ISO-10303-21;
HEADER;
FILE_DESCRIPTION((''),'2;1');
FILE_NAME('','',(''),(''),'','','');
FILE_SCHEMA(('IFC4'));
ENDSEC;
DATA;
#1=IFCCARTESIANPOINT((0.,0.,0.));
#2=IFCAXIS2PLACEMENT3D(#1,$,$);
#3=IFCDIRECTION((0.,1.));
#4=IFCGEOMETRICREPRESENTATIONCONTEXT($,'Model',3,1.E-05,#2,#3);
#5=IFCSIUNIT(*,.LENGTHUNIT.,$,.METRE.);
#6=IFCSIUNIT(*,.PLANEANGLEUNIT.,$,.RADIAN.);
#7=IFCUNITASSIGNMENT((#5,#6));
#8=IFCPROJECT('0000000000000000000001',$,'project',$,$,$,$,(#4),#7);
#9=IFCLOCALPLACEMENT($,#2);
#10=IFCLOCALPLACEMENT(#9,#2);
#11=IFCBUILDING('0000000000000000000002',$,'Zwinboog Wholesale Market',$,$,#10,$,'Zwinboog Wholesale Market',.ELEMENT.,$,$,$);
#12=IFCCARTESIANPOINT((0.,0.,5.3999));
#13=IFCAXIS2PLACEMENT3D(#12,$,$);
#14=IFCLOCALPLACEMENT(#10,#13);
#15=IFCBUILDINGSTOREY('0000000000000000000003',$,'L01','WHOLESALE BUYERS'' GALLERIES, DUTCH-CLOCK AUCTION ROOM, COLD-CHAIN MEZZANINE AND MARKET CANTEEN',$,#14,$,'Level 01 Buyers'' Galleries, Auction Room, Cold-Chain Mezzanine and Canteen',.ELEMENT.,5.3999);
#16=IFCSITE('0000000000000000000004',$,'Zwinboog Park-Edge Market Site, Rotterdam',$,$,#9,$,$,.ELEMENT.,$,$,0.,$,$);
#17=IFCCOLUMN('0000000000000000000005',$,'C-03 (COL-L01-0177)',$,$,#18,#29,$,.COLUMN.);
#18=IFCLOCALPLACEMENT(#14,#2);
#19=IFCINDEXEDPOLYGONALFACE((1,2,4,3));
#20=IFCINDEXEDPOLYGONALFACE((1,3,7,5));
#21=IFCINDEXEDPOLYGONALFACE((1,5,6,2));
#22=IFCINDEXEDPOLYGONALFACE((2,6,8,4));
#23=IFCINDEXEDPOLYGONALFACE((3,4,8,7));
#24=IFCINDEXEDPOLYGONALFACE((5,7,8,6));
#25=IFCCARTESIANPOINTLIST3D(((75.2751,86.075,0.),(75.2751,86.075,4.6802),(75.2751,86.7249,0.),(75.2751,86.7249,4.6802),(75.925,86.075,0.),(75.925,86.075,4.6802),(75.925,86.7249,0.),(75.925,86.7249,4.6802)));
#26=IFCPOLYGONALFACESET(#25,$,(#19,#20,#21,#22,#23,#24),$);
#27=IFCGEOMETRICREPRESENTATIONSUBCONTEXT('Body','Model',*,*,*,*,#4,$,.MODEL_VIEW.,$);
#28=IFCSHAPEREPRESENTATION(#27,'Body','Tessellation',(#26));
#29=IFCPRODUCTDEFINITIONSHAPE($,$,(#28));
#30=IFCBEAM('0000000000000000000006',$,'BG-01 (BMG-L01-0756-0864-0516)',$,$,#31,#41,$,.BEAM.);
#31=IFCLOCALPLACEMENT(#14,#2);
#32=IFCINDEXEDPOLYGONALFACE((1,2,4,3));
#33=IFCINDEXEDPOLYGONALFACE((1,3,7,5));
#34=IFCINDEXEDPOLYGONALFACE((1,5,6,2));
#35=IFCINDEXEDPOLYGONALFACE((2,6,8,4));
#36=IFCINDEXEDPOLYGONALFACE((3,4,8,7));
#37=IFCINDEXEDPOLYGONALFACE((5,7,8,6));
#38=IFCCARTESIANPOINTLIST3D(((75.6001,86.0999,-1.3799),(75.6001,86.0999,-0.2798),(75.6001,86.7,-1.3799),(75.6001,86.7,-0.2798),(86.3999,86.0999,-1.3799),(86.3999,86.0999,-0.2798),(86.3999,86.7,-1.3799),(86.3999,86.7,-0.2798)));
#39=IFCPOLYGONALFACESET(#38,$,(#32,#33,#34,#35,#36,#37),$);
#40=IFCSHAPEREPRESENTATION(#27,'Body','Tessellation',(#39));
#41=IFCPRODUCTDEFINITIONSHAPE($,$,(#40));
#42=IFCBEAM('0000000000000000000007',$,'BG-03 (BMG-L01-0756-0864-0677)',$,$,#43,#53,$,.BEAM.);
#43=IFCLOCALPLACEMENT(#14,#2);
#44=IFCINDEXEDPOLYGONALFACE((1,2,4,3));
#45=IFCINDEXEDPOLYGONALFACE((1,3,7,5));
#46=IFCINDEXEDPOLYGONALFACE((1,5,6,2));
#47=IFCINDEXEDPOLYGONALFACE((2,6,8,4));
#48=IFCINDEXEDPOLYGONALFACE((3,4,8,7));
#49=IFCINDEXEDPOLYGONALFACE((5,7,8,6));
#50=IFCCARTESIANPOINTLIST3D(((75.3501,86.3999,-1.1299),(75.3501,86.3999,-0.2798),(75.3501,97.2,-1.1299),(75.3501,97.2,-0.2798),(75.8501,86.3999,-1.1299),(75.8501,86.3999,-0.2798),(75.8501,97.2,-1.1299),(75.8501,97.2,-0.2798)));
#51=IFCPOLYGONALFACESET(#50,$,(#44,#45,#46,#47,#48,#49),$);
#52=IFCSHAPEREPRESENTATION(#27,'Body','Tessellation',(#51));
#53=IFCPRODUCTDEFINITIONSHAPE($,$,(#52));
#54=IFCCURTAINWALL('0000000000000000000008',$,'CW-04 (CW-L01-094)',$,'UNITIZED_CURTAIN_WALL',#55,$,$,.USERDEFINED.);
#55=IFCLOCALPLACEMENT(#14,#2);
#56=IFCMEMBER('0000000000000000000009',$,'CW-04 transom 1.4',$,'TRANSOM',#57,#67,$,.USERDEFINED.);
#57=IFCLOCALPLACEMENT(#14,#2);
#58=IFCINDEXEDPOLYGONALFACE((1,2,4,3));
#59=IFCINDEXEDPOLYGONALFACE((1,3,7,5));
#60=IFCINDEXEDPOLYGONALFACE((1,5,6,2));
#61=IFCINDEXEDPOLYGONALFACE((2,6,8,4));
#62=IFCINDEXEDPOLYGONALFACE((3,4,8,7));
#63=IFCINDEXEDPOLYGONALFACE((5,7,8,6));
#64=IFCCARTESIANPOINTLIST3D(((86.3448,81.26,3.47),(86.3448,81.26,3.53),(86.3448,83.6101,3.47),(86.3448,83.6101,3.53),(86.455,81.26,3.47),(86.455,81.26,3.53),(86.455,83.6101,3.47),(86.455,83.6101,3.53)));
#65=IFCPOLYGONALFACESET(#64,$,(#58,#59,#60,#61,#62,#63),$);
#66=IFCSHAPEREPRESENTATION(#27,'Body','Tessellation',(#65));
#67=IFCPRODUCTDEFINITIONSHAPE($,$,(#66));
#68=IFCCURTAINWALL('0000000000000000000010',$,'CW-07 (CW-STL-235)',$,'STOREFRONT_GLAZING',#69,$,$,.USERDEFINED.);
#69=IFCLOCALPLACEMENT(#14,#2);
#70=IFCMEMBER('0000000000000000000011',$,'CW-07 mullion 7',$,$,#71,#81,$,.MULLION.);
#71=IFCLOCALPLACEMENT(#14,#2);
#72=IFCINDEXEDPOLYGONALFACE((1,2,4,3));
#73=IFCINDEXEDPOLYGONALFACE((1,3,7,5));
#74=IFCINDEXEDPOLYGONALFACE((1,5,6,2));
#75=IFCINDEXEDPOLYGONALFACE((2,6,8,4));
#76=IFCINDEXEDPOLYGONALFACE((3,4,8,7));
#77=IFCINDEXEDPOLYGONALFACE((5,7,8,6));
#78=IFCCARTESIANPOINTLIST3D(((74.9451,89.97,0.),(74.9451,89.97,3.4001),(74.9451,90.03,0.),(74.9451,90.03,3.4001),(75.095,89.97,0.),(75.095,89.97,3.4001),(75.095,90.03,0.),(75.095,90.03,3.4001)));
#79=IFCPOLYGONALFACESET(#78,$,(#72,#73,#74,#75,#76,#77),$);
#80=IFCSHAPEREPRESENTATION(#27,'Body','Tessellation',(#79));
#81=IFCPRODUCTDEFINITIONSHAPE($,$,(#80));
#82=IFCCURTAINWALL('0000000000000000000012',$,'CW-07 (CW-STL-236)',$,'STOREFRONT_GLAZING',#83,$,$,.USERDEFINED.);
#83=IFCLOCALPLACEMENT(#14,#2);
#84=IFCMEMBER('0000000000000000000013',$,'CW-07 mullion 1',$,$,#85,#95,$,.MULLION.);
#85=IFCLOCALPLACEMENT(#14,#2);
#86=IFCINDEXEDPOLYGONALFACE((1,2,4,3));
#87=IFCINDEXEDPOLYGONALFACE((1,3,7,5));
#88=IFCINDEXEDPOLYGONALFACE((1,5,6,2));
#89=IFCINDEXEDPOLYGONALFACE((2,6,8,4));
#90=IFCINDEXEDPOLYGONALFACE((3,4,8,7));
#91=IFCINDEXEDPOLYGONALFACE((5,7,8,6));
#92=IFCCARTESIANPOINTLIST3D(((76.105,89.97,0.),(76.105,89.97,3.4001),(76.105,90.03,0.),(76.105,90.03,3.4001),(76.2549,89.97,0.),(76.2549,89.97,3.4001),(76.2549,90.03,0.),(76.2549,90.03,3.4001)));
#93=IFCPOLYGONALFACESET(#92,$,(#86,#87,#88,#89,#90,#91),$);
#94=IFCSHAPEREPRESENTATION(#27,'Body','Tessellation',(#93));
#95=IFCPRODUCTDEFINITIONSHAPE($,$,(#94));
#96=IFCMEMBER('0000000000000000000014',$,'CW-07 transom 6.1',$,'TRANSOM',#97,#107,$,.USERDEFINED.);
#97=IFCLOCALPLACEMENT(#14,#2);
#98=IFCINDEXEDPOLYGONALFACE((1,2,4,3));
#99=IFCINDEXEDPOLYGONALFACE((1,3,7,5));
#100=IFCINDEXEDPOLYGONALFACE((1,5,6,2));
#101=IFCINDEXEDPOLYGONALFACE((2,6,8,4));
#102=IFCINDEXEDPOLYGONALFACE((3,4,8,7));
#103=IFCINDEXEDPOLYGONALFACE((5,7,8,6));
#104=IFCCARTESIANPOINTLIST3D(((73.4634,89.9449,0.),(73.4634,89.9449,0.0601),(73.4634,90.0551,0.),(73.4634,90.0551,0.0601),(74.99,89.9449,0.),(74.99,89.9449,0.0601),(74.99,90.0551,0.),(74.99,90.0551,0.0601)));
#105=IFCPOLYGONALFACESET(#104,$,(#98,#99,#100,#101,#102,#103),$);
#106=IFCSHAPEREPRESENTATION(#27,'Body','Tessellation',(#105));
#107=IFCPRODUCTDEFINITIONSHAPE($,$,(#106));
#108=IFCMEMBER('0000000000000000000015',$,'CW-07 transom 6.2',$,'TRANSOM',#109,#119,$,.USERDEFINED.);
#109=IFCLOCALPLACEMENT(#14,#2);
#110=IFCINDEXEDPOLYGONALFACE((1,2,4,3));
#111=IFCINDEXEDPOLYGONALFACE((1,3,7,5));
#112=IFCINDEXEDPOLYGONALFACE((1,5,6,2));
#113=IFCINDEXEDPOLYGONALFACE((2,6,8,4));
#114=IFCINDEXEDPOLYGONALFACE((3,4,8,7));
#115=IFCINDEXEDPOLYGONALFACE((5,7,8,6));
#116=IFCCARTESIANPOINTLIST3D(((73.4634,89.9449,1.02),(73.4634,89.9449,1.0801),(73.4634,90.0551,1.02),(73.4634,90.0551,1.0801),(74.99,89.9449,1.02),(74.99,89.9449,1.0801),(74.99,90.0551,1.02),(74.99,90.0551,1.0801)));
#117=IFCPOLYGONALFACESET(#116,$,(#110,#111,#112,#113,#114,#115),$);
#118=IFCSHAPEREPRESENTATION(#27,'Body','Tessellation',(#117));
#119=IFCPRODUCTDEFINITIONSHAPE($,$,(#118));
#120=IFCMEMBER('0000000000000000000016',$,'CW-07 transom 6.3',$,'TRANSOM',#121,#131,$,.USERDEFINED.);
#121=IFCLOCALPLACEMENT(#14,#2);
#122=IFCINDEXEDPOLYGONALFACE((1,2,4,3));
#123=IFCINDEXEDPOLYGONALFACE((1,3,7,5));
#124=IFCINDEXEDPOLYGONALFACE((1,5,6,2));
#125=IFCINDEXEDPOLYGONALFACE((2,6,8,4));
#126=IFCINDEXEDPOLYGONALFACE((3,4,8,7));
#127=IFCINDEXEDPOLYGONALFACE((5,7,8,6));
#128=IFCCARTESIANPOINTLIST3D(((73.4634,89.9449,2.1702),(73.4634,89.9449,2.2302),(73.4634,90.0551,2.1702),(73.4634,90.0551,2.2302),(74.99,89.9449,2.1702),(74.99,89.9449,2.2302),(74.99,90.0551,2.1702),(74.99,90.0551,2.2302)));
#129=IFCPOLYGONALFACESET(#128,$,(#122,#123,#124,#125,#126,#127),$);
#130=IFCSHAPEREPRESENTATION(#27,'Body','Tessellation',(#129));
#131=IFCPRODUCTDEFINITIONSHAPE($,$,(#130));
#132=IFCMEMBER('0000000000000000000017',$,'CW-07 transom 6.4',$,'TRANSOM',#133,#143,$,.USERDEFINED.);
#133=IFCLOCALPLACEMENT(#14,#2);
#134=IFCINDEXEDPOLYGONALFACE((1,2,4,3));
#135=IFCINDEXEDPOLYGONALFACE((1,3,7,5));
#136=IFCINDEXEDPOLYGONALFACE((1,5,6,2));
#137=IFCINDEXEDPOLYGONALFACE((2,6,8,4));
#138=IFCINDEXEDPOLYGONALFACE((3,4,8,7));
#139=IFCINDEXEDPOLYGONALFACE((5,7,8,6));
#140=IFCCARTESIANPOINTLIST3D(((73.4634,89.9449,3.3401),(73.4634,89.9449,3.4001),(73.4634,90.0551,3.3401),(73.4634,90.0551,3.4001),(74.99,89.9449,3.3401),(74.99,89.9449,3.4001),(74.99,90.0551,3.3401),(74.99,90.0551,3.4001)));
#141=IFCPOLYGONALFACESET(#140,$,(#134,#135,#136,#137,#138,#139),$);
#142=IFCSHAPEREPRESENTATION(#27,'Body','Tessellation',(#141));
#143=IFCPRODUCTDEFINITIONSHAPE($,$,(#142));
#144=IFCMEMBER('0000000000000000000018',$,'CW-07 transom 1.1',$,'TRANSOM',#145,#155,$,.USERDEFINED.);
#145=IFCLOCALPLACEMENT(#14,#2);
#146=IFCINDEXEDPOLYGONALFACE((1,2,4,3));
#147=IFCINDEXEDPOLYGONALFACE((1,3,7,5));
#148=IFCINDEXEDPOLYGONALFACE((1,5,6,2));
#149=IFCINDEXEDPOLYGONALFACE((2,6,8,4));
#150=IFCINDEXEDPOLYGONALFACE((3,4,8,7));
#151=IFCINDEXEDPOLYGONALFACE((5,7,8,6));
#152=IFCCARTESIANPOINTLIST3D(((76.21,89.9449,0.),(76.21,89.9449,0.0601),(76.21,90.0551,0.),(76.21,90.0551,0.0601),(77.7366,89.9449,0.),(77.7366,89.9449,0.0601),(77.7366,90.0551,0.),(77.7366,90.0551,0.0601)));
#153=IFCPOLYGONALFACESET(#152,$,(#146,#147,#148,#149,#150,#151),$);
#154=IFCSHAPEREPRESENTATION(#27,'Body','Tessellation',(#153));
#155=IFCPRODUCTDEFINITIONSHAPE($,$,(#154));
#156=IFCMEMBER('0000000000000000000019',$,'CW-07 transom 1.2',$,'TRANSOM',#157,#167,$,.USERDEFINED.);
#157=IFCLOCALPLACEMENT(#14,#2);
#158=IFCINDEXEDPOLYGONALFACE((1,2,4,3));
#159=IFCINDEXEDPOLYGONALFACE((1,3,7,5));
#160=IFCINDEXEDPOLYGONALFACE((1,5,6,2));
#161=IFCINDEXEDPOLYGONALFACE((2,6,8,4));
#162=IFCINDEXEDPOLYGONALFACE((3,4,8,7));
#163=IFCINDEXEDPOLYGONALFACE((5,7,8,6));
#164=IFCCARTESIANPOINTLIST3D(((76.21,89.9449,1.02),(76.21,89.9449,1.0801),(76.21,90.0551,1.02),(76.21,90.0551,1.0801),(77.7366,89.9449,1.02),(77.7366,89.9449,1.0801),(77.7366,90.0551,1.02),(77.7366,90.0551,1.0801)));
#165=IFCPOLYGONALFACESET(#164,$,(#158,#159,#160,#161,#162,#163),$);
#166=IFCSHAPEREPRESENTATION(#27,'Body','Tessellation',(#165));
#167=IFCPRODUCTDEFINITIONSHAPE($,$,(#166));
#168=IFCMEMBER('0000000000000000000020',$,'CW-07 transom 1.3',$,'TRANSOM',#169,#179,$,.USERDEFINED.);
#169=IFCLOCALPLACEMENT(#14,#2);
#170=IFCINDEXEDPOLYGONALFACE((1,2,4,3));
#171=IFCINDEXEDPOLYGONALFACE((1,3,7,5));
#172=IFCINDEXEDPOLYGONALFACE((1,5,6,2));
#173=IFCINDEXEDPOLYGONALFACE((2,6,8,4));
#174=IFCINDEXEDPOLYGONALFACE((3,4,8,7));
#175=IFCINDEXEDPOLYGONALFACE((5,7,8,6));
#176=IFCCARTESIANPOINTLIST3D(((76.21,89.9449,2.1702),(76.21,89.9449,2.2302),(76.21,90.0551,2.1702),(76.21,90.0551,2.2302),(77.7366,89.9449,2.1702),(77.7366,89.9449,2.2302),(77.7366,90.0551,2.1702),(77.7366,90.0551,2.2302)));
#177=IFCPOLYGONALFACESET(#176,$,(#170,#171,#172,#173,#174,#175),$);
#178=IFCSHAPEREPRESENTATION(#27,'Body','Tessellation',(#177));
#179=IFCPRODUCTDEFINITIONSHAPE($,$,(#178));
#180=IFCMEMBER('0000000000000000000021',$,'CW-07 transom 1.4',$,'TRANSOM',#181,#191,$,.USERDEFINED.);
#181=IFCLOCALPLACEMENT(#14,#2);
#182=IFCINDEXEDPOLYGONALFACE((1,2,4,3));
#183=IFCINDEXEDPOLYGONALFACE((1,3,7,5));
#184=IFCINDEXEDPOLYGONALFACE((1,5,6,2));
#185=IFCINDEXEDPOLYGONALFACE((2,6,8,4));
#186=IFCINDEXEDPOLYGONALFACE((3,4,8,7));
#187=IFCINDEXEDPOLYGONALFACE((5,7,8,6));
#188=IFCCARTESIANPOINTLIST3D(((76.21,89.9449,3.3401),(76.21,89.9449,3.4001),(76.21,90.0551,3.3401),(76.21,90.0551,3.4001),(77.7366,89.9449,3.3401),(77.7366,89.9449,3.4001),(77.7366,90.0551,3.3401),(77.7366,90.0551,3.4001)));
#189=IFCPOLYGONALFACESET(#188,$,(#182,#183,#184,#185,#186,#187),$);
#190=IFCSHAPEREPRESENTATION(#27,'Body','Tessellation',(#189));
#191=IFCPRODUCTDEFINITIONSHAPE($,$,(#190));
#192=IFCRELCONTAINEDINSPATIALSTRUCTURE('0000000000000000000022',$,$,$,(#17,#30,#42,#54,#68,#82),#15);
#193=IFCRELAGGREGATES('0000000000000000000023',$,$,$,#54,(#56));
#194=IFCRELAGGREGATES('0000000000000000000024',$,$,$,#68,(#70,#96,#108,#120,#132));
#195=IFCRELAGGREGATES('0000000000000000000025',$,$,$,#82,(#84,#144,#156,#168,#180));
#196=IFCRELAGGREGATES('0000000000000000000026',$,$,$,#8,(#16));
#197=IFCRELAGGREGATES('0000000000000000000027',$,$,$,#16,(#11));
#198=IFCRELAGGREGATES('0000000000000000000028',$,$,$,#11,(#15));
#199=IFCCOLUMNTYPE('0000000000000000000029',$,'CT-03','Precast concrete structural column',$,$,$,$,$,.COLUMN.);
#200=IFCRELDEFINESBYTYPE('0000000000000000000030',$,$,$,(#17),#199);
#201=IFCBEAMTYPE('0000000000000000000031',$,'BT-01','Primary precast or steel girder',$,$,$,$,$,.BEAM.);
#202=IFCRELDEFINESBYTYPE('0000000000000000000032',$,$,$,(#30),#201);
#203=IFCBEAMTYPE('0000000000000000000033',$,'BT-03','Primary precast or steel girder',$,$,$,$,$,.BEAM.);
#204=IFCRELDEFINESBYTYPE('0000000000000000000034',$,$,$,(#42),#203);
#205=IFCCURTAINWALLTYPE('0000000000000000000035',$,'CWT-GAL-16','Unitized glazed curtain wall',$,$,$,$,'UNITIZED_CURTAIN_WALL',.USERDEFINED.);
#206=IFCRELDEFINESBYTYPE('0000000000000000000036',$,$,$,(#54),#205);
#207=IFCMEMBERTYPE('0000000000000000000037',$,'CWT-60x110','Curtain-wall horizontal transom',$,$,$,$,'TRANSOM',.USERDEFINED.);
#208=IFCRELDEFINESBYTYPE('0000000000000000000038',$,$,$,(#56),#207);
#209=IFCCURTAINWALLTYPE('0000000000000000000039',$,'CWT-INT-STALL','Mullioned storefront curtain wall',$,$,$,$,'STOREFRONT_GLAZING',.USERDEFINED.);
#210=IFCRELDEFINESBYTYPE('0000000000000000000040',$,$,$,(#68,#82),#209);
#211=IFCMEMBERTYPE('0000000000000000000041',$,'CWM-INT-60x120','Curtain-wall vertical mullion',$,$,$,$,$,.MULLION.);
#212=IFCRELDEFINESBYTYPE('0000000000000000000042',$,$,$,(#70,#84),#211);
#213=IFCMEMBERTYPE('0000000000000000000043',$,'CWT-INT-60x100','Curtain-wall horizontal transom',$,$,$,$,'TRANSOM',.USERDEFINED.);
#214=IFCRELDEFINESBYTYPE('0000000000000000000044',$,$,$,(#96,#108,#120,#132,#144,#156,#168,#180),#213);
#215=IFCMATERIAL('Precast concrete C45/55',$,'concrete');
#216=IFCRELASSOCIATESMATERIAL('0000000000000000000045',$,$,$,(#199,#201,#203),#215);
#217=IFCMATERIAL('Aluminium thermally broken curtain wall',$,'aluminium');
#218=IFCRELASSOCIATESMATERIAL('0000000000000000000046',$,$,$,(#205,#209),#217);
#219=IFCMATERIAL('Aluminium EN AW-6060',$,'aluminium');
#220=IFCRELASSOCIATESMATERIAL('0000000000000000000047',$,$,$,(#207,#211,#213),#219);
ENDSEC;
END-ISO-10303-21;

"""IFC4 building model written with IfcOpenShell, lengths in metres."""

from ifc_helpers import new_model, si_unit, direction, frame, origin, origin_2d, place, context, subcontext, project, spatial, rectangle, extrude, material, material_profile, profile_set, type_object, element, aggregate, save


model = new_model("IFC4")

# Units and contexts
model_context = context("Model", 3, precision=1e-05, world=origin(), true_north=direction((0.0, 1.0)))
body_context = subcontext(model_context, "Body", "Model", "MODEL_VIEW")
ifc_project = project(units=[si_unit("LENGTHUNIT", "METRE"), si_unit("PLANEANGLEUNIT", "RADIAN")], contexts=[model_context])

# Site, building, storey
site_placement = place(None, origin())
site = spatial("IfcSite", under=ifc_project, at=site_placement, Name="Zwinboog Park-Edge Market Site, Rotterdam", CompositionType="ELEMENT", RefElevation=0.0)
building_placement = place(site_placement, origin())
building = spatial("IfcBuilding", under=site, at=building_placement, Name="Zwinboog Wholesale Market", LongName="Zwinboog Wholesale Market", CompositionType="ELEMENT")
storey_placement = place(building_placement, frame((0.0, 0.0, 5.3999)))
storey = spatial("IfcBuildingStorey", under=building, at=storey_placement, Name="L01", Description="WHOLESALE BUYERS' GALLERIES, DUTCH-CLOCK AUCTION ROOM, COLD-CHAIN MEZZANINE AND MARKET CANTEEN", LongName="Level 01 Buyers' Galleries, Auction Room, Cold-Chain Mezzanine and Canteen", CompositionType="ELEMENT", Elevation=5.3999)

# Column
ifc_material_1 = material(Name="Precast concrete C45/55", Category="concrete")
ifc_material_profile_1 = material_profile(ifc_material_1, rectangle(XDim=0.6499, YDim=0.6499, at=origin_2d()), Name="PC 650x650")
ifc_profile_set_1 = profile_set([ifc_material_profile_1], Name="Precast concrete C45/55")
column_type = type_object("IfcColumnType", Name="CT-03", Description="Precast concrete structural column", PredefinedType="COLUMN", material=ifc_profile_set_1)
column_placement = place(storey_placement, frame((75.6001, 86.3999, 0.0), z_axis=(0.0, 0.0, 1.0), x_axis=(1.0, 0.0, 0.0)))
element("IfcColumn", 1, at=column_placement, inside=storey, type_object=column_type, Name="C-03 (COL-L01-0177)", PredefinedType="COLUMN", context=body_context, shape_type="SweptSolid", body=[
    extrude(rectangle(XDim=0.6499, YDim=0.6499, at=origin_2d()), origin(), (0.0, 0.0, 1.0), 4.6802),
])

# Beams
ifc_material_profile_2 = material_profile(ifc_material_1, rectangle(XDim=0.6001, YDim=1.1001, at=origin_2d()), Name="PC 600x1100")
ifc_profile_set_2 = profile_set([ifc_material_profile_2], Name="Precast concrete C45/55")
beam_type_1 = type_object("IfcBeamType", Name="BT-01", Description="Primary precast or steel girder", PredefinedType="BEAM", material=ifc_profile_set_2)
beam_1_placement = place(storey_placement, frame((75.6001, 86.3999, -0.8298), z_axis=(1.0, 0.0, 0.0), x_axis=(0.0, 1.0, 0.0)))
element("IfcBeam", 2, at=beam_1_placement, inside=storey, type_object=beam_type_1, Name="BG-01 (BMG-L01-0756-0864-0516)", PredefinedType="BEAM", context=body_context, shape_type="SweptSolid", body=[
    extrude(rectangle(XDim=0.6001, YDim=1.1001, at=origin_2d()), origin(), (0.0, 0.0, 1.0), 10.7998),
])
ifc_material_profile_3 = material_profile(ifc_material_1, rectangle(XDim=0.5, YDim=0.8501, at=origin_2d()), Name="PC 500x850")
ifc_profile_set_3 = profile_set([ifc_material_profile_3], Name="Precast concrete C45/55")
beam_type_2 = type_object("IfcBeamType", Name="BT-03", Description="Primary precast or steel girder", PredefinedType="BEAM", material=ifc_profile_set_3)
beam_2_placement = place(storey_placement, frame((75.6001, 86.3999, -0.7048), z_axis=(0.0, 1.0, 0.0), x_axis=(-1.0, 0.0, 0.0)))
element("IfcBeam", 3, at=beam_2_placement, inside=storey, type_object=beam_type_2, Name="BG-03 (BMG-L01-0756-0864-0677)", PredefinedType="BEAM", context=body_context, shape_type="SweptSolid", body=[
    extrude(rectangle(XDim=0.5, YDim=0.8501, at=origin_2d()), origin(), (0.0, 0.0, 1.0), 10.8),
])

# Curtain walls, members
ifc_material_2 = material(Name="Aluminium thermally broken curtain wall", Category="aluminium")
curtain_wall_type_1 = type_object("IfcCurtainWallType", Name="CWT-GAL-16", Description="Unitized glazed curtain wall", ElementType="UNITIZED_CURTAIN_WALL", PredefinedType="USERDEFINED", material=ifc_material_2)
curtain_wall_1_placement = place(storey_placement, origin())
curtain_wall_1 = element("IfcCurtainWall", 4, at=curtain_wall_1_placement, inside=storey, type_object=curtain_wall_type_1, Name="CW-04 (CW-L01-094)", ObjectType="UNITIZED_CURTAIN_WALL", PredefinedType="USERDEFINED")
ifc_material_3 = material(Name="Aluminium EN AW-6060", Category="aluminium")
ifc_material_profile_4 = material_profile(ifc_material_3, rectangle(XDim=0.1101, YDim=0.0601, at=origin_2d()), Name="AL 60x110")
ifc_profile_set_4 = profile_set([ifc_material_profile_4], Name="Aluminium EN AW-6060")
member_type_1 = type_object("IfcMemberType", Name="CWT-60x110", Description="Curtain-wall horizontal transom", ElementType="TRANSOM", PredefinedType="USERDEFINED", material=ifc_profile_set_4)
member_1_placement = place(storey_placement, frame((86.3999, 81.26, 3.5), z_axis=(0.0, 1.0, 0.0), x_axis=(-1.0, 0.0, 0.0)))
member_1 = element("IfcMember", 5, at=member_1_placement, type_object=member_type_1, Name="CW-04 transom 1.4", ObjectType="TRANSOM", PredefinedType="USERDEFINED", context=body_context, shape_type="SweptSolid", body=[
    extrude(rectangle(XDim=0.1101, YDim=0.0601, at=origin_2d()), origin(), (0.0, 0.0, 1.0), 2.3501),
])
curtain_wall_type_2 = type_object("IfcCurtainWallType", Name="CWT-INT-STALL", Description="Mullioned storefront curtain wall", ElementType="STOREFRONT_GLAZING", PredefinedType="USERDEFINED", material=ifc_material_2)
curtain_wall_2_placement = place(storey_placement, origin())
curtain_wall_2 = element("IfcCurtainWall", 6, at=curtain_wall_2_placement, inside=storey, type_object=curtain_wall_type_2, Name="CW-07 (CW-STL-235)", ObjectType="STOREFRONT_GLAZING", PredefinedType="USERDEFINED")
ifc_material_profile_5 = material_profile(ifc_material_3, rectangle(XDim=0.0601, YDim=0.1499, at=origin_2d()), Name="AL 60x150")
ifc_profile_set_5 = profile_set([ifc_material_profile_5], Name="Aluminium EN AW-6060")
member_type_2 = type_object("IfcMemberType", Name="CWM-INT-60x120", Description="Curtain-wall vertical mullion", PredefinedType="MULLION", material=ifc_profile_set_5)
member_2_placement = place(storey_placement, frame((75.02, 90.0, 0.0), z_axis=(0.0, 0.0, 1.0), x_axis=(0.0, 1.0, 0.0)))
member_2 = element("IfcMember", 7, at=member_2_placement, type_object=member_type_2, Name="CW-07 mullion 7", PredefinedType="MULLION", context=body_context, shape_type="SweptSolid", body=[
    extrude(rectangle(XDim=0.0601, YDim=0.1499, at=origin_2d()), origin(), (0.0, 0.0, 1.0), 3.4001),
])
curtain_wall_3_placement = place(storey_placement, origin())
curtain_wall_3 = element("IfcCurtainWall", 8, at=curtain_wall_3_placement, inside=storey, type_object=curtain_wall_type_2, Name="CW-07 (CW-STL-236)", ObjectType="STOREFRONT_GLAZING", PredefinedType="USERDEFINED")
member_3_placement = place(storey_placement, frame((76.1799, 90.0, 0.0), z_axis=(0.0, 0.0, 1.0), x_axis=(0.0, 1.0, 0.0)))
member_3 = element("IfcMember", 9, at=member_3_placement, type_object=member_type_2, Name="CW-07 mullion 1", PredefinedType="MULLION", context=body_context, shape_type="SweptSolid", body=[
    extrude(rectangle(XDim=0.0601, YDim=0.1499, at=origin_2d()), origin(), (0.0, 0.0, 1.0), 3.4001),
])

# Members
ifc_material_profile_6 = material_profile(ifc_material_3, rectangle(XDim=0.1101, YDim=0.0601, at=origin_2d()), Name="AL 60x110")
ifc_profile_set_6 = profile_set([ifc_material_profile_6], Name="Aluminium EN AW-6060")
member_type_3 = type_object("IfcMemberType", Name="CWT-INT-60x100", Description="Curtain-wall horizontal transom", ElementType="TRANSOM", PredefinedType="USERDEFINED", material=ifc_profile_set_6)
member_4_placement = place(storey_placement, frame((73.4634, 90.0, 0.03), z_axis=(1.0, 0.0, 0.0), x_axis=(0.0, 1.0, 0.0)))
member_4 = element("IfcMember", 10, at=member_4_placement, type_object=member_type_3, Name="CW-07 transom 6.1", ObjectType="TRANSOM", PredefinedType="USERDEFINED", context=body_context, shape_type="SweptSolid", body=[
    extrude(rectangle(XDim=0.1101, YDim=0.0601, at=origin_2d()), origin(), (0.0, 0.0, 1.0), 1.5266),
])
member_5_placement = place(storey_placement, frame((73.4634, 90.0, 1.05), z_axis=(1.0, 0.0, 0.0), x_axis=(0.0, 1.0, 0.0)))
member_5 = element("IfcMember", 11, at=member_5_placement, type_object=member_type_3, Name="CW-07 transom 6.2", ObjectType="TRANSOM", PredefinedType="USERDEFINED", context=body_context, shape_type="SweptSolid", body=[
    extrude(rectangle(XDim=0.1101, YDim=0.0601, at=origin_2d()), origin(), (0.0, 0.0, 1.0), 1.5266),
])
member_6_placement = place(storey_placement, frame((73.4634, 90.0, 2.2002), z_axis=(1.0, 0.0, 0.0), x_axis=(0.0, 1.0, 0.0)))
member_6 = element("IfcMember", 12, at=member_6_placement, type_object=member_type_3, Name="CW-07 transom 6.3", ObjectType="TRANSOM", PredefinedType="USERDEFINED", context=body_context, shape_type="SweptSolid", body=[
    extrude(rectangle(XDim=0.1101, YDim=0.0601, at=origin_2d()), origin(), (0.0, 0.0, 1.0), 1.5266),
])
member_7_placement = place(storey_placement, frame((73.4634, 90.0, 3.3701), z_axis=(1.0, 0.0, 0.0), x_axis=(0.0, 1.0, 0.0)))
member_7 = element("IfcMember", 13, at=member_7_placement, type_object=member_type_3, Name="CW-07 transom 6.4", ObjectType="TRANSOM", PredefinedType="USERDEFINED", context=body_context, shape_type="SweptSolid", body=[
    extrude(rectangle(XDim=0.1101, YDim=0.0601, at=origin_2d()), origin(), (0.0, 0.0, 1.0), 1.5266),
])
member_8_placement = place(storey_placement, frame((76.21, 90.0, 0.03), z_axis=(1.0, 0.0, 0.0), x_axis=(0.0, 1.0, 0.0)))
member_8 = element("IfcMember", 14, at=member_8_placement, type_object=member_type_3, Name="CW-07 transom 1.1", ObjectType="TRANSOM", PredefinedType="USERDEFINED", context=body_context, shape_type="SweptSolid", body=[
    extrude(rectangle(XDim=0.1101, YDim=0.0601, at=origin_2d()), origin(), (0.0, 0.0, 1.0), 1.5266),
])
member_9_placement = place(storey_placement, frame((76.21, 90.0, 1.05), z_axis=(1.0, 0.0, 0.0), x_axis=(0.0, 1.0, 0.0)))
member_9 = element("IfcMember", 15, at=member_9_placement, type_object=member_type_3, Name="CW-07 transom 1.2", ObjectType="TRANSOM", PredefinedType="USERDEFINED", context=body_context, shape_type="SweptSolid", body=[
    extrude(rectangle(XDim=0.1101, YDim=0.0601, at=origin_2d()), origin(), (0.0, 0.0, 1.0), 1.5266),
])
member_10_placement = place(storey_placement, frame((76.21, 90.0, 2.2002), z_axis=(1.0, 0.0, 0.0), x_axis=(0.0, 1.0, 0.0)))
member_10 = element("IfcMember", 16, at=member_10_placement, type_object=member_type_3, Name="CW-07 transom 1.3", ObjectType="TRANSOM", PredefinedType="USERDEFINED", context=body_context, shape_type="SweptSolid", body=[
    extrude(rectangle(XDim=0.1101, YDim=0.0601, at=origin_2d()), origin(), (0.0, 0.0, 1.0), 1.5266),
])
member_11_placement = place(storey_placement, frame((76.21, 90.0, 3.3701), z_axis=(1.0, 0.0, 0.0), x_axis=(0.0, 1.0, 0.0)))
member_11 = element("IfcMember", 17, at=member_11_placement, type_object=member_type_3, Name="CW-07 transom 1.4", ObjectType="TRANSOM", PredefinedType="USERDEFINED", context=body_context, shape_type="SweptSolid", body=[
    extrude(rectangle(XDim=0.1101, YDim=0.0601, at=origin_2d()), origin(), (0.0, 0.0, 1.0), 1.5266),
])

aggregate(curtain_wall_1, [member_1])
aggregate(curtain_wall_2, [member_2, member_4, member_5, member_6, member_7])
aggregate(curtain_wall_3, [member_3, member_8, member_9, member_10, member_11])

save(model, "model.ifc")
